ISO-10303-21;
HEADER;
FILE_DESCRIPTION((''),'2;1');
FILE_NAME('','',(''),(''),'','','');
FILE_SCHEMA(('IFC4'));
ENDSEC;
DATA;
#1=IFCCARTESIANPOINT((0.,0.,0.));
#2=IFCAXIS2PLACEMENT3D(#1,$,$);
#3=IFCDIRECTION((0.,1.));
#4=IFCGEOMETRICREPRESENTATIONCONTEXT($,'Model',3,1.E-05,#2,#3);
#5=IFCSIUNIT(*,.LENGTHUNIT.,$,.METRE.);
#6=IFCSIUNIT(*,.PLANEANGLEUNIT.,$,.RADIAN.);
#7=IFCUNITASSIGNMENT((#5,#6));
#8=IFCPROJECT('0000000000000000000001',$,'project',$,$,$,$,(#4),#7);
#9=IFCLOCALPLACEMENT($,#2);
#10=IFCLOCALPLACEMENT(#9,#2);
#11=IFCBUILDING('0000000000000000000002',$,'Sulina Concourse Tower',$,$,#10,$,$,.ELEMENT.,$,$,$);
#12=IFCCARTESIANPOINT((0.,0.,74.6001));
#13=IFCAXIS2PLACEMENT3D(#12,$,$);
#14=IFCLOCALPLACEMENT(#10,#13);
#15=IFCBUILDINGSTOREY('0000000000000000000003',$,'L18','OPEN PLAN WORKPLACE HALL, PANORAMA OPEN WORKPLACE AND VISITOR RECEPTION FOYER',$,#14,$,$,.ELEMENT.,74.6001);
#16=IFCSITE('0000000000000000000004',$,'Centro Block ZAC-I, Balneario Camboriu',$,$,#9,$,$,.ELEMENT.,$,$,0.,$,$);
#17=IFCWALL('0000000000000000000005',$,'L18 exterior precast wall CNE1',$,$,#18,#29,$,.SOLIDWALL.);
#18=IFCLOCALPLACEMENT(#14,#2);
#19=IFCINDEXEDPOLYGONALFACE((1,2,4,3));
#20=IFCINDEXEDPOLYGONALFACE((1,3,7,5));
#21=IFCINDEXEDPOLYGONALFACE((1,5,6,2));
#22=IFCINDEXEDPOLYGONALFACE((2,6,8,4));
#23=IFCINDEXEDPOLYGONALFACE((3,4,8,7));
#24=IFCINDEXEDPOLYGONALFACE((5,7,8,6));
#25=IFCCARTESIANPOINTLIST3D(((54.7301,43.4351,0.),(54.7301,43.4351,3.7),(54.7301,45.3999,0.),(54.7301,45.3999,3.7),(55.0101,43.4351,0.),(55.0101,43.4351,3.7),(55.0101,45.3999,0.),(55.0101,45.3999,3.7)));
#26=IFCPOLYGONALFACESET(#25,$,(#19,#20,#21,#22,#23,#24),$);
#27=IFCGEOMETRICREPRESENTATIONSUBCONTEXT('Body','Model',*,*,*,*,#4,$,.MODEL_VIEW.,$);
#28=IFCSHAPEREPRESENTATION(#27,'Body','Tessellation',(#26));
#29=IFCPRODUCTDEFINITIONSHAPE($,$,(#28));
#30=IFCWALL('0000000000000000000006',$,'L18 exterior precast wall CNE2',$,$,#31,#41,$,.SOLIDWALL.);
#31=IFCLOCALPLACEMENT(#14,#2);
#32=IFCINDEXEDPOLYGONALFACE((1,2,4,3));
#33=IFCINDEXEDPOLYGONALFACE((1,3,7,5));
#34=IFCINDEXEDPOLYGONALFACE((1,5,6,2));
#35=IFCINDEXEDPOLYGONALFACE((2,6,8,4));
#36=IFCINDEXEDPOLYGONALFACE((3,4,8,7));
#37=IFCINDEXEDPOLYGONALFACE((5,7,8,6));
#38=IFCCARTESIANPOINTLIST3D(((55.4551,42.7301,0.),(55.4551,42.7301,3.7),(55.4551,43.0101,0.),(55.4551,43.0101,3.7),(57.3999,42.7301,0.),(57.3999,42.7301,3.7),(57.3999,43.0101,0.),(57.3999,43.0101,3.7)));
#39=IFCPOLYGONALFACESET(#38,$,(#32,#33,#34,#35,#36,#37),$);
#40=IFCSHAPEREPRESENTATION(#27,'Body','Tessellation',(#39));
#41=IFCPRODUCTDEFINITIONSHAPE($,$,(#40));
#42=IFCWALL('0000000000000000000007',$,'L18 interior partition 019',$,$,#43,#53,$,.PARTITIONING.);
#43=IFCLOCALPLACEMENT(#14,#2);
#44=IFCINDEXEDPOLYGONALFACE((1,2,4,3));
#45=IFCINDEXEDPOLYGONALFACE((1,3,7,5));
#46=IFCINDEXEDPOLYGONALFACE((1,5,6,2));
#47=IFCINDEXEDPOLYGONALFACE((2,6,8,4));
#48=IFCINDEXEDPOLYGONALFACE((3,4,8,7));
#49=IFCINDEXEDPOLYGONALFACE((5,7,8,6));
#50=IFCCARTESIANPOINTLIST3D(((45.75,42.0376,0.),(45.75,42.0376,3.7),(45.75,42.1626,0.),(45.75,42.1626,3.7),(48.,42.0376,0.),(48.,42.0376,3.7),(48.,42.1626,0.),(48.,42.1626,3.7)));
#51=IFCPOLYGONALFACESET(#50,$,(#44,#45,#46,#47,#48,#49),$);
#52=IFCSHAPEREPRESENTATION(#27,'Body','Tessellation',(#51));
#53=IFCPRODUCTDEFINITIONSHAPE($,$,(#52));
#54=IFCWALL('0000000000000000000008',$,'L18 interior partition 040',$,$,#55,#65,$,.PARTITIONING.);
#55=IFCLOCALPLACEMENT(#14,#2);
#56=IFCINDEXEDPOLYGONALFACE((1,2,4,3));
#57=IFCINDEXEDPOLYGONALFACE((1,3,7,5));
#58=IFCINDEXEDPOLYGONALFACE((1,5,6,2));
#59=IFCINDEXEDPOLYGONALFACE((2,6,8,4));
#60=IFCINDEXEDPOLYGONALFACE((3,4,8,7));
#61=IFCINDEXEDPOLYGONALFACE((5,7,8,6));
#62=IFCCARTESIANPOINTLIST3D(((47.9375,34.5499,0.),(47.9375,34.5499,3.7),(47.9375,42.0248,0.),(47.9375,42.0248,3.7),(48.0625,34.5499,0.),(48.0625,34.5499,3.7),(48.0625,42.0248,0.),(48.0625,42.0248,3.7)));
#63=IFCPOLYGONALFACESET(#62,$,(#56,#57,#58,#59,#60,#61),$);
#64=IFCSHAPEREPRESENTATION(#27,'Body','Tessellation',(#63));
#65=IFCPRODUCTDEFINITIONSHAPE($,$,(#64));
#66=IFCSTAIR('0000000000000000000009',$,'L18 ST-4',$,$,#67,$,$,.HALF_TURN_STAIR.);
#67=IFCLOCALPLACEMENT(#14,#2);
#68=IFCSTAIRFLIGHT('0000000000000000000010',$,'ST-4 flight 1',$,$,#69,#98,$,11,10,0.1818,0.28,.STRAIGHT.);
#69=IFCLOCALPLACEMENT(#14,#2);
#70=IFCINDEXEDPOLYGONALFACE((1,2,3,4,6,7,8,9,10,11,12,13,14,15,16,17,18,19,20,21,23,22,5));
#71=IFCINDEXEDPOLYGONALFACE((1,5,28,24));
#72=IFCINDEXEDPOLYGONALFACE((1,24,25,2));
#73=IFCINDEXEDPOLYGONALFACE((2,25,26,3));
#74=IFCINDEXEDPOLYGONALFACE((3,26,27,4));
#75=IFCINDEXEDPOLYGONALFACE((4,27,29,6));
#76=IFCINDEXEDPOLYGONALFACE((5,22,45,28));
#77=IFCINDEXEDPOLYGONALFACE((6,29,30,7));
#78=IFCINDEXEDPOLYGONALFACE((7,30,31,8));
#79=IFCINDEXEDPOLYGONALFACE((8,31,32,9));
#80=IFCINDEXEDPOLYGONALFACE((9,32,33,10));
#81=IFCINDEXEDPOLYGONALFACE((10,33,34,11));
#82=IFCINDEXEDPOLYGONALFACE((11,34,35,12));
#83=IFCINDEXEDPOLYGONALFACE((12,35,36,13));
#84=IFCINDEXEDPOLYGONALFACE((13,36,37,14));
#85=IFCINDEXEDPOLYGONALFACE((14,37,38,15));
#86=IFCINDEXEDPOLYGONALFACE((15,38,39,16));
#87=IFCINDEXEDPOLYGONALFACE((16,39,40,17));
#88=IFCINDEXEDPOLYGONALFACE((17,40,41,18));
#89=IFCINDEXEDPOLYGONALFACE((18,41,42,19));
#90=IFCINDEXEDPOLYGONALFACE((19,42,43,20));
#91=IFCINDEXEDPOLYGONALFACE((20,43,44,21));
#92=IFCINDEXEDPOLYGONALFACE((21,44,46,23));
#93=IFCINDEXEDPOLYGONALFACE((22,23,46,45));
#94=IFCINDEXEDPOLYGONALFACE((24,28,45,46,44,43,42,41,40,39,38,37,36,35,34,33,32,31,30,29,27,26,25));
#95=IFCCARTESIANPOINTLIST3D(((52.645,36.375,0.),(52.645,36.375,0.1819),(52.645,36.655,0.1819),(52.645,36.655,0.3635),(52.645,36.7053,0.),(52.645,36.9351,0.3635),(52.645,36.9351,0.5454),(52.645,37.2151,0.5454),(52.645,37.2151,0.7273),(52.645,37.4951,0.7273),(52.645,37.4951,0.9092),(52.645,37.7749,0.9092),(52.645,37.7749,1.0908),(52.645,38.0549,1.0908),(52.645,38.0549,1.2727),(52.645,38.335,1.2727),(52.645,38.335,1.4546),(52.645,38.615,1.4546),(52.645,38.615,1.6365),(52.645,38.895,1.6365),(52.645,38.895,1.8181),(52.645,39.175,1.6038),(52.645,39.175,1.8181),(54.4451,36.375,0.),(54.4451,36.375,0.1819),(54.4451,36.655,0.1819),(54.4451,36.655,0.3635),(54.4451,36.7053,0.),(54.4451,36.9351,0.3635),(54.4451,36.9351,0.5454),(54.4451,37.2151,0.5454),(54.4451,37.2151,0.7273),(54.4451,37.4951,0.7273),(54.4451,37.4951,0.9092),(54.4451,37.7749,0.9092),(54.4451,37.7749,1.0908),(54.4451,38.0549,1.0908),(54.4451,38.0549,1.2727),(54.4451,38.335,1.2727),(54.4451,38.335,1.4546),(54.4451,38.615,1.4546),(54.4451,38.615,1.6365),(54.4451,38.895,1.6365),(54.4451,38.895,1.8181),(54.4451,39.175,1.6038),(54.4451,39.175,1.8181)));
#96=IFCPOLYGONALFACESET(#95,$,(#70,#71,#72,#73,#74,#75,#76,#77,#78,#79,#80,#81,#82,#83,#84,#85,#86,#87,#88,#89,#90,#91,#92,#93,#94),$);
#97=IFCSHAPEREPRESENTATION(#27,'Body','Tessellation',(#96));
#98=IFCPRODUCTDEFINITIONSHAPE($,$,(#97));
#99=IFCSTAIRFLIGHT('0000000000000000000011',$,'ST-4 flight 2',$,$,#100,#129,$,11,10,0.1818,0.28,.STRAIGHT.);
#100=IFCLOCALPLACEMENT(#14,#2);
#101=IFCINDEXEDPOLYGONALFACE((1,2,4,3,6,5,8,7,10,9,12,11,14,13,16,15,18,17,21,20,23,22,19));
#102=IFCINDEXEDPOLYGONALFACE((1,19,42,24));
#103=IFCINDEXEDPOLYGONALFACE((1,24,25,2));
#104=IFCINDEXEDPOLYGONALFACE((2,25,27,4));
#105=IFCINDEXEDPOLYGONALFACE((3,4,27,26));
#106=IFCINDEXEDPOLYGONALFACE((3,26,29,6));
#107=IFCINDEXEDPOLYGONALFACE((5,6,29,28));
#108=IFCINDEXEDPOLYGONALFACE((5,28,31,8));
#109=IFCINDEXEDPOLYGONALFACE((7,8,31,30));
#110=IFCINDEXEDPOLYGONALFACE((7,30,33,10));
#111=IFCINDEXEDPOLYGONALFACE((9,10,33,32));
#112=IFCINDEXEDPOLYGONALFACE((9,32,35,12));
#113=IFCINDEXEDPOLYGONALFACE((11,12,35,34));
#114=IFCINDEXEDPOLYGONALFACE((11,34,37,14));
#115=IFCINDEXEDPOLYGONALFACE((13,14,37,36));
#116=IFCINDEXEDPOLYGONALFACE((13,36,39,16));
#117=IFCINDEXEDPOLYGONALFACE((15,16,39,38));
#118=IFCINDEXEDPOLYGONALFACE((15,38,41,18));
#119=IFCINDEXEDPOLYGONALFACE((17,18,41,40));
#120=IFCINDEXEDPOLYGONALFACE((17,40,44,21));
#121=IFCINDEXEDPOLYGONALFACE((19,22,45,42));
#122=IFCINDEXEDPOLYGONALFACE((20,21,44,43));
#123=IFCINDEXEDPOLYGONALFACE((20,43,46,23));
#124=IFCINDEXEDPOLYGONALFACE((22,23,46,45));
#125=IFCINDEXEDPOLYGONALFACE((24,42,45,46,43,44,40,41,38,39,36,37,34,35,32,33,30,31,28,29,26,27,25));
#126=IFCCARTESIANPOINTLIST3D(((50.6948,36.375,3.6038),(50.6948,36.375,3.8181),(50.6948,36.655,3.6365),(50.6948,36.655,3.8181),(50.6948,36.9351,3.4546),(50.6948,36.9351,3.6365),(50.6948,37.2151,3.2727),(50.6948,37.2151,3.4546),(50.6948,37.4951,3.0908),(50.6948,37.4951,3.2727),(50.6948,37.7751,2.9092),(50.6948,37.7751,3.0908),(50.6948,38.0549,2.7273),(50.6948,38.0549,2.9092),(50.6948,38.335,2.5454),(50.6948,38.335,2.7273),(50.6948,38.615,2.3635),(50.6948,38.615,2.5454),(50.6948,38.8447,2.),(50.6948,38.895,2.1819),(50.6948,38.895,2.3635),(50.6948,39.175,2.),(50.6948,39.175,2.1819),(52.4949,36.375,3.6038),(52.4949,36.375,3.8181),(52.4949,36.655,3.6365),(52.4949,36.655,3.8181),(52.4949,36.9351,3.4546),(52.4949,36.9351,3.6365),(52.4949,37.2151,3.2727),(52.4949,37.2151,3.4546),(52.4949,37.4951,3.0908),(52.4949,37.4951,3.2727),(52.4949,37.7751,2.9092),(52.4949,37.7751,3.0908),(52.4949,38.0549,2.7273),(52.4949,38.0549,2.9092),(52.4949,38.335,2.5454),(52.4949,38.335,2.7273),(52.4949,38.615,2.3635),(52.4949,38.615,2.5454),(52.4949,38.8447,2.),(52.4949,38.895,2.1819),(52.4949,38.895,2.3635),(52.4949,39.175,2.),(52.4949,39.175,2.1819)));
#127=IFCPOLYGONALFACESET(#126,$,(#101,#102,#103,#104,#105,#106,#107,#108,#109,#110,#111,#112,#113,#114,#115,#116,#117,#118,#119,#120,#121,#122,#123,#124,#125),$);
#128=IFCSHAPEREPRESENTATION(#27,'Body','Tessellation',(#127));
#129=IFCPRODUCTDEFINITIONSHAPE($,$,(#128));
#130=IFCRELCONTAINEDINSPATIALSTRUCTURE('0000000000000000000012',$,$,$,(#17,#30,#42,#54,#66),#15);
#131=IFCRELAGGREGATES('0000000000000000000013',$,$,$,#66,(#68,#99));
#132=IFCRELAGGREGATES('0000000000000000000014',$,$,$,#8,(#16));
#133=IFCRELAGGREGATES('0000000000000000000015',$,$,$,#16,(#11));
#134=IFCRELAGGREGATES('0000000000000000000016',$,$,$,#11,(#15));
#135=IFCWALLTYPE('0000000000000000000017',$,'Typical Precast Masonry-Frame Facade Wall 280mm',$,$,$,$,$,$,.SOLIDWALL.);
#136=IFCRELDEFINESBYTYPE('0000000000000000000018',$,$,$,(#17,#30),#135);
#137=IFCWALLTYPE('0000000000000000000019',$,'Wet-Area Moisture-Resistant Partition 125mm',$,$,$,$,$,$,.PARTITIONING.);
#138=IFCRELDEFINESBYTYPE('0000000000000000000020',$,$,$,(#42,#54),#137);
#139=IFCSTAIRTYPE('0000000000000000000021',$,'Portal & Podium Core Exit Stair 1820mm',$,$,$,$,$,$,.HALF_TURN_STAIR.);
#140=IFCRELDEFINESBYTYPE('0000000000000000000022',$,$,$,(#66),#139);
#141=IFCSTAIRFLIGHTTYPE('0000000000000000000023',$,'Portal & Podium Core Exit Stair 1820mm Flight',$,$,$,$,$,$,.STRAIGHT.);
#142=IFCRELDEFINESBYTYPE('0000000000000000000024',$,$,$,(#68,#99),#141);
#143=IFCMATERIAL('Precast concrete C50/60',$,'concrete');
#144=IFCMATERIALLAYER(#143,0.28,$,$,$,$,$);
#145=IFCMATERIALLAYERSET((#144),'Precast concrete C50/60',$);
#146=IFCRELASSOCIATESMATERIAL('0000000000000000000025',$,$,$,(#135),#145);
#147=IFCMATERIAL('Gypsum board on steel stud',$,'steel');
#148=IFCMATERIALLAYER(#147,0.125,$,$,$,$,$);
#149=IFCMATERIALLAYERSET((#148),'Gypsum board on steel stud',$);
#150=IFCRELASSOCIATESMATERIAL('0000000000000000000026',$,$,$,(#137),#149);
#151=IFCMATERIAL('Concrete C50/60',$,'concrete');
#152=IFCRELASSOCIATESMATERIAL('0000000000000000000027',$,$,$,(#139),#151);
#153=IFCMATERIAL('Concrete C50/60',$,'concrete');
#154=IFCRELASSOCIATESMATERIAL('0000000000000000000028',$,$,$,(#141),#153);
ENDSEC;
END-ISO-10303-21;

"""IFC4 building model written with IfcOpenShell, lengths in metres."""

from ifc_helpers import new_model, si_unit, direction, frame, frame_2d, origin, place, context, subcontext, project, spatial, polyline, rectangle, outline, extrude, material, layer, layer_set, type_object, element, aggregate, save


model = new_model("IFC4")

# Units and contexts
model_context = context("Model", 3, precision=1e-05, world=origin(), true_north=direction((0.0, 1.0)))
body_context = subcontext(model_context, "Body", "Model", "MODEL_VIEW")
ifc_project = project(units=[si_unit("LENGTHUNIT", "METRE"), si_unit("PLANEANGLEUNIT", "RADIAN")], contexts=[model_context])

# Site, building, storey
site_placement = place(None, origin())
site = spatial("IfcSite", under=ifc_project, at=site_placement, Name="Centro Block ZAC-I, Balneario Camboriu", CompositionType="ELEMENT", RefElevation=0.0)
building_placement = place(site_placement, origin())
building = spatial("IfcBuilding", under=site, at=building_placement, Name="Sulina Concourse Tower", CompositionType="ELEMENT")
storey_placement = place(building_placement, frame((0.0, 0.0, 74.6001)))
storey = spatial("IfcBuildingStorey", under=building, at=storey_placement, Name="L18", Description="OPEN PLAN WORKPLACE HALL, PANORAMA OPEN WORKPLACE AND VISITOR RECEPTION FOYER", CompositionType="ELEMENT", Elevation=74.6001)

# Walls
ifc_material_1 = material(Name="Precast concrete C50/60", Category="concrete")
ifc_layer_1 = layer(ifc_material_1, 0.28)
ifc_layer_set_1 = layer_set([ifc_layer_1], Name="Precast concrete C50/60")
wall_type_1 = type_object("IfcWallType", Name="Typical Precast Masonry-Frame Facade Wall 280mm", PredefinedType="SOLIDWALL", material=ifc_layer_set_1)
wall_1_placement = place(storey_placement, frame((54.8701, 45.3999, 0.0), z_axis=(0.0, 0.0, 1.0), x_axis=(0.0, -1.0, 0.0)))
element("IfcWall", 1, at=wall_1_placement, inside=storey, type_object=wall_type_1, Name="L18 exterior precast wall CNE1", PredefinedType="SOLIDWALL", context=body_context, shape_type="SweptSolid", body=[
    extrude(rectangle(XDim=1.9648, YDim=0.28, at=frame_2d((0.9824, 0.0))), origin(), (0.0, 0.0, 1.0), 3.7),
])
wall_2_placement = place(storey_placement, frame((55.4551, 42.8701, 0.0), z_axis=(0.0, 0.0, 1.0), x_axis=(1.0, 0.0, 0.0)))
element("IfcWall", 2, at=wall_2_placement, inside=storey, type_object=wall_type_1, Name="L18 exterior precast wall CNE2", PredefinedType="SOLIDWALL", context=body_context, shape_type="SweptSolid", body=[
    extrude(rectangle(XDim=1.9448, YDim=0.28, at=frame_2d((0.9724, 0.0))), origin(), (0.0, 0.0, 1.0), 3.7),
])
ifc_material_2 = material(Name="Gypsum board on steel stud", Category="steel")
ifc_layer_2 = layer(ifc_material_2, 0.125)
ifc_layer_set_2 = layer_set([ifc_layer_2], Name="Gypsum board on steel stud")
wall_type_2 = type_object("IfcWallType", Name="Wet-Area Moisture-Resistant Partition 125mm", PredefinedType="PARTITIONING", material=ifc_layer_set_2)
wall_3_placement = place(storey_placement, frame((45.75, 42.1001, 0.0), z_axis=(0.0, 0.0, 1.0), x_axis=(1.0, 0.0, 0.0)))
element("IfcWall", 3, at=wall_3_placement, inside=storey, type_object=wall_type_2, Name="L18 interior partition 019", PredefinedType="PARTITIONING", context=body_context, shape_type="SweptSolid", body=[
    extrude(rectangle(XDim=2.25, YDim=0.125, at=frame_2d((1.125, 0.0))), origin(), (0.0, 0.0, 1.0), 3.7),
])
wall_4_placement = place(storey_placement, frame((48.0, 34.55, 0.0), z_axis=(0.0, 0.0, 1.0), x_axis=(0.0, 1.0, 0.0)))
element("IfcWall", 4, at=wall_4_placement, inside=storey, type_object=wall_type_2, Name="L18 interior partition 040", PredefinedType="PARTITIONING", context=body_context, shape_type="SweptSolid", body=[
    extrude(rectangle(XDim=7.4749, YDim=0.125, at=frame_2d((3.7373, 0.0))), origin(), (0.0, 0.0, 1.0), 3.7),
])

# Stair, stair flights
ifc_material_3 = material(Name="Concrete C50/60", Category="concrete")
stair_type = type_object("IfcStairType", Name="Portal & Podium Core Exit Stair 1820mm", PredefinedType="HALF_TURN_STAIR", material=ifc_material_3)
stair_placement = place(storey_placement, origin())
stair = element("IfcStair", 5, at=stair_placement, inside=storey, type_object=stair_type, Name="L18 ST-4", PredefinedType="HALF_TURN_STAIR")
ifc_material_4 = material(Name="Concrete C50/60", Category="concrete")
stair_flight_type = type_object("IfcStairFlightType", Name="Portal & Podium Core Exit Stair 1820mm Flight", PredefinedType="STRAIGHT", material=ifc_material_4)
stair_flight_1_placement = place(storey_placement, frame((53.5449, 36.375, 0.0), z_axis=(0.0, 0.0, 1.0), x_axis=(0.0, 1.0, 0.0)))
stair_flight_1 = element("IfcStairFlight", 6, at=stair_flight_1_placement, type_object=stair_flight_type, Name="ST-4 flight 1", NumberOfRisers=11, NumberOfTreads=10, PredefinedType="STRAIGHT", RiserHeight=0.1818, TreadLength=0.28, context=body_context, shape_type="SweptSolid", body=[
    extrude(outline(polyline([(0.0, 0.0), (0.0, 0.1819), (0.28, 0.1819), (0.28, 0.3635), (0.5601, 0.3635), (0.5601, 0.5454), (0.8401, 0.5454), (0.8401, 0.7273), (1.1201, 0.7273), (1.1201, 0.9092), (1.3999, 0.9092), (1.3999, 1.0908), (1.6799, 1.0908), (1.6799, 1.2727), (1.96, 1.2727), (1.96, 1.4546), (2.24, 1.4546), (2.24, 1.6365), (2.52, 1.6365), (2.52, 1.8181), (2.8, 1.8181), (2.8, 2.0), (2.8, 1.6038), (0.3303, 0.0), (0.0, 0.0)])), frame((0.0, 0.8999, 0.0), z_axis=(0.0, -1.0, 0.0), x_axis=(1.0, 0.0, 0.0)), (0.0, 0.0, 1.0), 1.8),
])
stair_flight_2_placement = place(storey_placement, frame((51.595, 39.175, 2.0), z_axis=(0.0, 0.0, 1.0), x_axis=(0.0, -1.0, 0.0)))
stair_flight_2 = element("IfcStairFlight", 7, at=stair_flight_2_placement, type_object=stair_flight_type, Name="ST-4 flight 2", NumberOfRisers=11, NumberOfTreads=10, PredefinedType="STRAIGHT", RiserHeight=0.1818, TreadLength=0.28, context=body_context, shape_type="SweptSolid", body=[
    extrude(outline(polyline([(0.0, 0.0), (0.0, 0.1819), (0.28, 0.1819), (0.28, 0.3635), (0.5601, 0.3635), (0.5601, 0.5454), (0.8401, 0.5454), (0.8401, 0.7273), (1.1201, 0.7273), (1.1201, 0.9092), (1.3999, 0.9092), (1.3999, 1.0908), (1.6799, 1.0908), (1.6799, 1.2727), (1.96, 1.2727), (1.96, 1.4546), (2.24, 1.4546), (2.24, 1.6365), (2.52, 1.6365), (2.52, 1.8181), (2.8, 1.8181), (2.8, 2.0), (2.8, 1.6038), (0.3303, 0.0), (0.0, 0.0)])), frame((0.0, 0.8999, 0.0), z_axis=(0.0, -1.0, 0.0), x_axis=(1.0, 0.0, 0.0)), (0.0, 0.0, 1.0), 1.8),
])
aggregate(stair, [stair_flight_1, stair_flight_2])

save(model, "model.ifc")
